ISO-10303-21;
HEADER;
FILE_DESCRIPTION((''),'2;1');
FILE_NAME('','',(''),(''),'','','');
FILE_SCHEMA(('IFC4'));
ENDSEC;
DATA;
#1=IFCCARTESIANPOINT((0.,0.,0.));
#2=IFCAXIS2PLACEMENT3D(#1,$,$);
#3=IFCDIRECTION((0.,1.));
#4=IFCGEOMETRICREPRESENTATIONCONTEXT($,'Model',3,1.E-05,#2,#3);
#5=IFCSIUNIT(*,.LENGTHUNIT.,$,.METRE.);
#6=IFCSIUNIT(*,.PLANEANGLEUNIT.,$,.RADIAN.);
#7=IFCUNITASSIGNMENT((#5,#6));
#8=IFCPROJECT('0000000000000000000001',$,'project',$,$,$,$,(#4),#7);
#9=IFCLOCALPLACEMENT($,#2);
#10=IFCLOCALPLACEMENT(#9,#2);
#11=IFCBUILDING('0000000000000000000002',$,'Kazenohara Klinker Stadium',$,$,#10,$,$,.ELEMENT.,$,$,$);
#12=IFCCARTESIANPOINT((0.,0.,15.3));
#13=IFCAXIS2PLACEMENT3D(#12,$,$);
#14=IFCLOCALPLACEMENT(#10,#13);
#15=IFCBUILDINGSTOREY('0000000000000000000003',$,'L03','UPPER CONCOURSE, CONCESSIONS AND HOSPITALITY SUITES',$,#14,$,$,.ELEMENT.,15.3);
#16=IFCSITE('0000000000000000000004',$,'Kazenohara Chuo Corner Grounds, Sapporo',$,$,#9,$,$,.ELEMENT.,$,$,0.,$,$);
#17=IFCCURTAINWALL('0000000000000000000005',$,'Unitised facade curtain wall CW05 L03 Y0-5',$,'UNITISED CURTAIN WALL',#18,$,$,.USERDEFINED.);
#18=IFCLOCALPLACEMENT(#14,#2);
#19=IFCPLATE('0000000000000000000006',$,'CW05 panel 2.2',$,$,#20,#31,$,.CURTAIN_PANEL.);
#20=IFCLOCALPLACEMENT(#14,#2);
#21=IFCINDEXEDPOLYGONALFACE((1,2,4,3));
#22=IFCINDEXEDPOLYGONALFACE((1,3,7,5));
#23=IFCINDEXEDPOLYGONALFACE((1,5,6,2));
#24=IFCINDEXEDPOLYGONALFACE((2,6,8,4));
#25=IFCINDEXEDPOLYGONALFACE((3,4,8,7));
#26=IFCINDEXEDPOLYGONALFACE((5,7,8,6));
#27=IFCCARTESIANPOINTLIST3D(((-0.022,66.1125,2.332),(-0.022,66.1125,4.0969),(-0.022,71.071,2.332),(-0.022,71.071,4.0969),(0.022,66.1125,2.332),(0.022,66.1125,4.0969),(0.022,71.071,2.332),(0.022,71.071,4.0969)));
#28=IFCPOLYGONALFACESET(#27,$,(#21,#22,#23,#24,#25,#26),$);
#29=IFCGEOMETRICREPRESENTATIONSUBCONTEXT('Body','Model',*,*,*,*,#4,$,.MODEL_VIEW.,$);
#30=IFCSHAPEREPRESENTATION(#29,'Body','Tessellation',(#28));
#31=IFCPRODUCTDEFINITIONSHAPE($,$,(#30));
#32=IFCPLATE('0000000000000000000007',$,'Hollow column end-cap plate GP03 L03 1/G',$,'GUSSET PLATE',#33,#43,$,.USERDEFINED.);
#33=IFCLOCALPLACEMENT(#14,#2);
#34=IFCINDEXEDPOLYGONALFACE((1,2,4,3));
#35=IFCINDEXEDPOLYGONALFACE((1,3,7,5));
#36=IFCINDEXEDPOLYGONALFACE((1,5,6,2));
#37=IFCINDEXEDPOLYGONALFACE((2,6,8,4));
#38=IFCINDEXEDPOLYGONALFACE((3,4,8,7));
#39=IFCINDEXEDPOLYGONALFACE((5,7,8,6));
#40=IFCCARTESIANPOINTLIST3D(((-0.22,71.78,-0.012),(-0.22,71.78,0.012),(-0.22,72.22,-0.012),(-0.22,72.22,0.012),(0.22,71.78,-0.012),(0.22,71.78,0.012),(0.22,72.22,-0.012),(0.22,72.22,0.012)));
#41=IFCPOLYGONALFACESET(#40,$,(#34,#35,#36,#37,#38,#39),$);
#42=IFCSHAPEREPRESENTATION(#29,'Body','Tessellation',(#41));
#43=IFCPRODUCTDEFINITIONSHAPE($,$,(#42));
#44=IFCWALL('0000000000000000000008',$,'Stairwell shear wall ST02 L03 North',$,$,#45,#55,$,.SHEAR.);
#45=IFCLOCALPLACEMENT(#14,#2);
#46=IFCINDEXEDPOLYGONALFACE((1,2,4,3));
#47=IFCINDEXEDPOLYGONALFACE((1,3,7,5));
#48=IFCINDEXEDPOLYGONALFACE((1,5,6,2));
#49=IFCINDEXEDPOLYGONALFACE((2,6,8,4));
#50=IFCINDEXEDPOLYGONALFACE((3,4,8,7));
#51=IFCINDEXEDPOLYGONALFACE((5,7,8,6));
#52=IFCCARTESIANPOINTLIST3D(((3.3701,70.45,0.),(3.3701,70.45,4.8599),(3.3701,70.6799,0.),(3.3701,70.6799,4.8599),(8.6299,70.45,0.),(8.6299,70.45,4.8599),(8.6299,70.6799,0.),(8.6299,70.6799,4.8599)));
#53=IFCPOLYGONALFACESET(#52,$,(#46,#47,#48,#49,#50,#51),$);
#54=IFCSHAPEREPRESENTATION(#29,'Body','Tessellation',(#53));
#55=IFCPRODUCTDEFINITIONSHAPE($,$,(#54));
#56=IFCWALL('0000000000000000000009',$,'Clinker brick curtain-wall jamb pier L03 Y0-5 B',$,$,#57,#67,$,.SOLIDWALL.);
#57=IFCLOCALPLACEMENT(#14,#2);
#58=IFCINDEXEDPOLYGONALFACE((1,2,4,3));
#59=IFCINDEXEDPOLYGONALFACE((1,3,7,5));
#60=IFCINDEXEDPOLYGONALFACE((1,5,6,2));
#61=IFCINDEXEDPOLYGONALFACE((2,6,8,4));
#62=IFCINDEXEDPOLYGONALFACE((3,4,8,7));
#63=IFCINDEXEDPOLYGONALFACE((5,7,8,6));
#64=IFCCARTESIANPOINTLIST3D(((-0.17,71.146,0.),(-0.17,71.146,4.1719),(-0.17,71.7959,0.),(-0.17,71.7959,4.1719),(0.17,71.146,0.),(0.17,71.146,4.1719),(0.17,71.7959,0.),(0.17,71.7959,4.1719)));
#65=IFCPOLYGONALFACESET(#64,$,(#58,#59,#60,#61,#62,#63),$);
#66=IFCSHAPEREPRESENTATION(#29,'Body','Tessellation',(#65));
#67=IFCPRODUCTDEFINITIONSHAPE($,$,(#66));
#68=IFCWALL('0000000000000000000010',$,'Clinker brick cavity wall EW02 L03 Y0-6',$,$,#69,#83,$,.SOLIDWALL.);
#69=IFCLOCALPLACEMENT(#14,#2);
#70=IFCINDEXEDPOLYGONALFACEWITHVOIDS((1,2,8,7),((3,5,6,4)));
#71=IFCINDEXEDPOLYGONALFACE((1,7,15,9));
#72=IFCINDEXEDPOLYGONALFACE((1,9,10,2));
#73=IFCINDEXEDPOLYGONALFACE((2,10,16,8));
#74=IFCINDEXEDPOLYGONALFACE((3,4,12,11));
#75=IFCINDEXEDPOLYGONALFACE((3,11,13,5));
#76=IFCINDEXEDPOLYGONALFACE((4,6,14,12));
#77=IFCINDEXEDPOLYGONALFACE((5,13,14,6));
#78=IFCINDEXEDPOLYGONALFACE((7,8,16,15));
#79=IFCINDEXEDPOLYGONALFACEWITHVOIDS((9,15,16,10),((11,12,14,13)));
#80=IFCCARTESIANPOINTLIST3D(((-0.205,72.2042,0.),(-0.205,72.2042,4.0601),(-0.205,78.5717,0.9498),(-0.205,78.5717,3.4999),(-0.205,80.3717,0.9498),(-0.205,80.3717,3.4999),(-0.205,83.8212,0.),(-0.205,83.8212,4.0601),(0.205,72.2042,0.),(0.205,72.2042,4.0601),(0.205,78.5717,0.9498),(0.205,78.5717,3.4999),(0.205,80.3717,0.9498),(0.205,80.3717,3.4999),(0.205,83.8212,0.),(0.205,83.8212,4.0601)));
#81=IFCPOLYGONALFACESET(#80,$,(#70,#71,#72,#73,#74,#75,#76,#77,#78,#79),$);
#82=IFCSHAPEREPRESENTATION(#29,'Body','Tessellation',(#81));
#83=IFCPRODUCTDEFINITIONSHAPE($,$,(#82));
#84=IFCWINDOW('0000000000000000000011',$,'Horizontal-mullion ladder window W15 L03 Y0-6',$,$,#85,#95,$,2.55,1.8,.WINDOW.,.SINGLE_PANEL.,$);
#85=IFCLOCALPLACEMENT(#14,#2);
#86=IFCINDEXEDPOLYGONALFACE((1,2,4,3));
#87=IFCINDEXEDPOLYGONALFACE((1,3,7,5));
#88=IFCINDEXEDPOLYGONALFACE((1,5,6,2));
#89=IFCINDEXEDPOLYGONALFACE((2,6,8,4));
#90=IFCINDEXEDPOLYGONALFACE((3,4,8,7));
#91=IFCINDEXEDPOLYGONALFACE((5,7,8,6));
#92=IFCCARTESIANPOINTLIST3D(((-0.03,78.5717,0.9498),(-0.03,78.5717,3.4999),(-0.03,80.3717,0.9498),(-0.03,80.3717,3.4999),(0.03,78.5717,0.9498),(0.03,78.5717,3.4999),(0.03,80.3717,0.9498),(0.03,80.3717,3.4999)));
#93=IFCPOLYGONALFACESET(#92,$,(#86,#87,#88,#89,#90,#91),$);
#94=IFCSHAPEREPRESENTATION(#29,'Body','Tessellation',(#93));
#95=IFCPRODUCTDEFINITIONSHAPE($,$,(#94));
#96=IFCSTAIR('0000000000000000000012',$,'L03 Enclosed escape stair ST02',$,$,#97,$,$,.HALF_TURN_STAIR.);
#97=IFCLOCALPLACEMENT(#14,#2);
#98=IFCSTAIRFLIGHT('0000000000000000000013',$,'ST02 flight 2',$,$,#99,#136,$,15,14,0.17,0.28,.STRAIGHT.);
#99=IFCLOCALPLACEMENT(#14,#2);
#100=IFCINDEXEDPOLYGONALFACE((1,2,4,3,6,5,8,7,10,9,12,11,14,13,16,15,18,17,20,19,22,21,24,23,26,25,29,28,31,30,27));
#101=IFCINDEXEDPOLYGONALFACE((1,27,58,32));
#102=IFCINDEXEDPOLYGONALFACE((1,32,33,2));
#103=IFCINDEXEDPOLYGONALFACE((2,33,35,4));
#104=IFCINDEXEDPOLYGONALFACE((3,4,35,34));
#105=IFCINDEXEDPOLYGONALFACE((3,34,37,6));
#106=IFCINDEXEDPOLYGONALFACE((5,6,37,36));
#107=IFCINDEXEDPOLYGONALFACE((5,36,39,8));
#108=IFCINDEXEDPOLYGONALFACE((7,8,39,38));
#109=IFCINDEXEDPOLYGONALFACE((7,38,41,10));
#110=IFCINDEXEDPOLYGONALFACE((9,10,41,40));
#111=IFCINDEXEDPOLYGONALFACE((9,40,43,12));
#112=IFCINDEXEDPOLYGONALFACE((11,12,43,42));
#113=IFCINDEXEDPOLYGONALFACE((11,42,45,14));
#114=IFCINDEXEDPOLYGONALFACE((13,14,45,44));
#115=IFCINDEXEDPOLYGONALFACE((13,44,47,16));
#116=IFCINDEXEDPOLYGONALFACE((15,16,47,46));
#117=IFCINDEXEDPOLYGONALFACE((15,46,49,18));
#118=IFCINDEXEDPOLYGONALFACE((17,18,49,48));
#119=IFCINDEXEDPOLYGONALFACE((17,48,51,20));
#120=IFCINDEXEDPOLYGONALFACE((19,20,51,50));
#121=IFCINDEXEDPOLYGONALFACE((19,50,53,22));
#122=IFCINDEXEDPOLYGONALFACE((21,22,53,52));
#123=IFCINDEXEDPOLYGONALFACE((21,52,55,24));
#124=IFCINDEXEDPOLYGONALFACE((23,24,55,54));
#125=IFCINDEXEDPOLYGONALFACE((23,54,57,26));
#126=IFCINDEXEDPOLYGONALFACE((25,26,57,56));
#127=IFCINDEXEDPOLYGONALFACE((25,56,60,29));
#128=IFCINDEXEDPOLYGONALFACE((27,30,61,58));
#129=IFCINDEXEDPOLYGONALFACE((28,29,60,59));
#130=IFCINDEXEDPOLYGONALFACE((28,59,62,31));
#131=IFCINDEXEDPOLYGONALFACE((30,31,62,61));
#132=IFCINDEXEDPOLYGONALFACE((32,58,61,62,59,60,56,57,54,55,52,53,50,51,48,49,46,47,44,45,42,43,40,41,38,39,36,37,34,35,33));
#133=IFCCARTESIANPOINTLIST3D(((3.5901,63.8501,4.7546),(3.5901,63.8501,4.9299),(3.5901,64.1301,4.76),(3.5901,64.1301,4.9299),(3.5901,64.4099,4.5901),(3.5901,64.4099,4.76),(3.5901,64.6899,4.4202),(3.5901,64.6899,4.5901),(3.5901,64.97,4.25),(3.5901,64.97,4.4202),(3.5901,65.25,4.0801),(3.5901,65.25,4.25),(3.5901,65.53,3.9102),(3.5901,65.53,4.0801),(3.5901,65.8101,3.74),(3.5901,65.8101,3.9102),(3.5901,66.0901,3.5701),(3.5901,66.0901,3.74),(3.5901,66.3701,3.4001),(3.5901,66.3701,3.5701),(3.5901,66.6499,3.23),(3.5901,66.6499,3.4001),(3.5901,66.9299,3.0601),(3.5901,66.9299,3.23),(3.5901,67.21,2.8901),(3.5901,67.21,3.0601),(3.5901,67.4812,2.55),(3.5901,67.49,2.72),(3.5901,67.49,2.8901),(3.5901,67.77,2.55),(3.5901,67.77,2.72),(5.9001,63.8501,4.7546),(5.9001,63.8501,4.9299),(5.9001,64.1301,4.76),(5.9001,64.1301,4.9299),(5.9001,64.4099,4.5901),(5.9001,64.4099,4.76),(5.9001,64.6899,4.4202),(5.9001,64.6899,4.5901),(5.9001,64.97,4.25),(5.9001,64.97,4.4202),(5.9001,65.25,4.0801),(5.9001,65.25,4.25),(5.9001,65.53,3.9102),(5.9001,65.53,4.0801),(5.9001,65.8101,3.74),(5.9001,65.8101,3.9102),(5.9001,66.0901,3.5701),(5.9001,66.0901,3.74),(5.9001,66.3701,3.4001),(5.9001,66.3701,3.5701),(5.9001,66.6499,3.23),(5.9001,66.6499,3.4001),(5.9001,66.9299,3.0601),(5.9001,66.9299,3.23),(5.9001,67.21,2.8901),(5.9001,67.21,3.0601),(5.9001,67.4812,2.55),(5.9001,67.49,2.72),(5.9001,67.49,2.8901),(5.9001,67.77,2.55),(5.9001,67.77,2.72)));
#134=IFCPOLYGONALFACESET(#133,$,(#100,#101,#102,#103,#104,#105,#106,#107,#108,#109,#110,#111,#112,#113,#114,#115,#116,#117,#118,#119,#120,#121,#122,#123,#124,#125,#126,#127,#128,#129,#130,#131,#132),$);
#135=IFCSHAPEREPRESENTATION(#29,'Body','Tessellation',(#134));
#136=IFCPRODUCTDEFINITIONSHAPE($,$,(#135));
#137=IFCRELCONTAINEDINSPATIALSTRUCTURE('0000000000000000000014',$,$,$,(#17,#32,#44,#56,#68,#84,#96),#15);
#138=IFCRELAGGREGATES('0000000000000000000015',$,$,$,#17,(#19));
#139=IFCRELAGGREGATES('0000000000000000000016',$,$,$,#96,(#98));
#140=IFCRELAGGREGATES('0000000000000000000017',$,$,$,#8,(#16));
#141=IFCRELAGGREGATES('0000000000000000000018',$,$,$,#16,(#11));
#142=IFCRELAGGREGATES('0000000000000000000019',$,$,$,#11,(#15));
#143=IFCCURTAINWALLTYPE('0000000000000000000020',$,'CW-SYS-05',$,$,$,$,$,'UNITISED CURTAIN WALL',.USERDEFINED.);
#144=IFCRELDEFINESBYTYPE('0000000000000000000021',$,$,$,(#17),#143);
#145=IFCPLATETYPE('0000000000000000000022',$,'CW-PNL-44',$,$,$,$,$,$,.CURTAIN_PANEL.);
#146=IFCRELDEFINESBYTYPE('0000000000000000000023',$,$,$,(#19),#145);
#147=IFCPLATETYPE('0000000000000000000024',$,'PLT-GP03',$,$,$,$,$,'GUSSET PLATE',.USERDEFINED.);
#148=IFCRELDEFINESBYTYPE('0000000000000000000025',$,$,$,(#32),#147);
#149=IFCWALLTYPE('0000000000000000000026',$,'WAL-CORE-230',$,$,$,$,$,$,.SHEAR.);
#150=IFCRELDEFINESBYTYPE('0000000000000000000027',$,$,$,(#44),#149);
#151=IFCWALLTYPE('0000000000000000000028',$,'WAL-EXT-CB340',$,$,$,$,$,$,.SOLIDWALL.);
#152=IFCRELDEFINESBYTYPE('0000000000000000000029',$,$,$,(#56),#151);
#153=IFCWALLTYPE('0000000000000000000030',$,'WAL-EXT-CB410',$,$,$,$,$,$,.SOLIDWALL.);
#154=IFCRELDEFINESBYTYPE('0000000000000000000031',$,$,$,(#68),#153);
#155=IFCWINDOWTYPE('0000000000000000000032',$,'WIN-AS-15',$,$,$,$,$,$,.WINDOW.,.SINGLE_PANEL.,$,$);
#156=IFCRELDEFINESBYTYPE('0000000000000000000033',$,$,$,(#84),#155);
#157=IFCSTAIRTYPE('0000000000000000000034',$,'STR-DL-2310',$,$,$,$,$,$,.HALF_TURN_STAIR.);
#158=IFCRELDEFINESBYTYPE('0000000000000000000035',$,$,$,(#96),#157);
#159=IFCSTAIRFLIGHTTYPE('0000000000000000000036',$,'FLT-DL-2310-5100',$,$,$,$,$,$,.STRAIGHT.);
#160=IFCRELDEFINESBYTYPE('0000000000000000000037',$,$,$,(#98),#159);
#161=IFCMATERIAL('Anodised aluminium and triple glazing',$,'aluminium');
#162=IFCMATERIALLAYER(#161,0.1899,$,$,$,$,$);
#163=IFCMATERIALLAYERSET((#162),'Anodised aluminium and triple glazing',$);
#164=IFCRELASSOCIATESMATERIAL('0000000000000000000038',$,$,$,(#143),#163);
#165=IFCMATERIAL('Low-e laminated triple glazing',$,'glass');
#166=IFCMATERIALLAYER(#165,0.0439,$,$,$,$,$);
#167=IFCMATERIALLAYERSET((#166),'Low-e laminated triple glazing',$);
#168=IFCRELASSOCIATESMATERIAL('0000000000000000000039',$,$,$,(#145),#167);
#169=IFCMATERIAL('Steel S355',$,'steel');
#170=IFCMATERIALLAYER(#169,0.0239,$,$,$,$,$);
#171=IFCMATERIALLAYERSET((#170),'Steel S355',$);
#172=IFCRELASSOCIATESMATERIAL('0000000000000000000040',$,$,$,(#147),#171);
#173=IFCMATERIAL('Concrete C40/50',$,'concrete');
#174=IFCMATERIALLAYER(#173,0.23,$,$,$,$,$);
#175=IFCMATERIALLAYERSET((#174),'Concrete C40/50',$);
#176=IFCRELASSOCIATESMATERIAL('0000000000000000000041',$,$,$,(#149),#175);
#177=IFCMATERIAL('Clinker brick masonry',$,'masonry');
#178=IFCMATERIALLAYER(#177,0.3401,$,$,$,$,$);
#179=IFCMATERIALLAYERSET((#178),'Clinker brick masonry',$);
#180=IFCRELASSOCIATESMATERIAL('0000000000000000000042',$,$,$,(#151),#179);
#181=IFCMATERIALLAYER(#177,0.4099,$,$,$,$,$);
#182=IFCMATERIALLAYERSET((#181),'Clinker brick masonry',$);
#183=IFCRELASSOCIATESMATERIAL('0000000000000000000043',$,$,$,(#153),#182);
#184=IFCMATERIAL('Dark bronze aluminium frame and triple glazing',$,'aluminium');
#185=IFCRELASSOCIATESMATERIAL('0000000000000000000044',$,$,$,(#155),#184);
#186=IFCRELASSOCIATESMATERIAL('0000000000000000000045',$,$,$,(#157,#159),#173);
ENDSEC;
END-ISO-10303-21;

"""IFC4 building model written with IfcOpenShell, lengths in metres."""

from ifc_helpers import new_model, si_unit, direction, frame, frame_2d, origin, origin_2d, place, context, subcontext, project, spatial, polyline, rectangle, outline, extrude, material, layer, layer_set, type_object, element, fill, aggregate, save


model = new_model("IFC4")

# Units and contexts
model_context = context("Model", 3, precision=1e-05, world=origin(), true_north=direction((0.0, 1.0)))
body_context = subcontext(model_context, "Body", "Model", "MODEL_VIEW")
ifc_project = project(units=[si_unit("LENGTHUNIT", "METRE"), si_unit("PLANEANGLEUNIT", "RADIAN")], contexts=[model_context])

# Site, building, storey
site_placement = place(None, origin())
site = spatial("IfcSite", under=ifc_project, at=site_placement, Name="Kazenohara Chuo Corner Grounds, Sapporo", CompositionType="ELEMENT", RefElevation=0.0)
building_placement = place(site_placement, origin())
building = spatial("IfcBuilding", under=site, at=building_placement, Name="Kazenohara Klinker Stadium", CompositionType="ELEMENT")
storey_placement = place(building_placement, frame((0.0, 0.0, 15.3)))
storey = spatial("IfcBuildingStorey", under=building, at=storey_placement, Name="L03", Description="UPPER CONCOURSE, CONCESSIONS AND HOSPITALITY SUITES", CompositionType="ELEMENT", Elevation=15.3)

# Shared definitions
ifc_material_1 = material(Name="Steel S355", Category="steel")

# Shared definitions
ifc_material_2 = material(Name="Concrete C40/50", Category="concrete")

# Curtain wall, plate
ifc_material_3 = material(Name="Anodised aluminium and triple glazing", Category="aluminium")
ifc_layer_1 = layer(ifc_material_3, 0.1899)
ifc_layer_set_1 = layer_set([ifc_layer_1], Name="Anodised aluminium and triple glazing")
curtain_wall_type = type_object("IfcCurtainWallType", Name="CW-SYS-05", ElementType="UNITISED CURTAIN WALL", PredefinedType="USERDEFINED", material=ifc_layer_set_1)
curtain_wall_placement = place(storey_placement, origin())
curtain_wall = element("IfcCurtainWall", 1, at=curtain_wall_placement, inside=storey, type_object=curtain_wall_type, Name="Unitised facade curtain wall CW05 L03 Y0-5", ObjectType="UNITISED CURTAIN WALL", PredefinedType="USERDEFINED")
ifc_material_4 = material(Name="Low-e laminated triple glazing", Category="glass")
ifc_layer_2 = layer(ifc_material_4, 0.0439)
ifc_layer_set_2 = layer_set([ifc_layer_2], Name="Low-e laminated triple glazing")
plate_type_1 = type_object("IfcPlateType", Name="CW-PNL-44", PredefinedType="CURTAIN_PANEL", material=ifc_layer_set_2)
plate_1_placement = place(storey_placement, frame((0.0, 68.5918, 2.332), z_axis=(0.0, 0.0, 1.0), x_axis=(0.0, 1.0, 0.0)))
plate_1 = element("IfcPlate", 2, at=plate_1_placement, type_object=plate_type_1, Name="CW05 panel 2.2", PredefinedType="CURTAIN_PANEL", context=body_context, shape_type="SweptSolid", body=[
    extrude(rectangle(XDim=4.9585, YDim=0.0439, at=origin_2d()), origin(), (0.0, 0.0, 1.0), 1.7649),
])
aggregate(curtain_wall, [plate_1])

# Plate
ifc_layer_3 = layer(ifc_material_1, 0.0239)
ifc_layer_set_3 = layer_set([ifc_layer_3], Name="Steel S355")
plate_type_2 = type_object("IfcPlateType", Name="PLT-GP03", ElementType="GUSSET PLATE", PredefinedType="USERDEFINED", material=ifc_layer_set_3)
plate_2_placement = place(storey_placement, frame((0.0, 72.0, -0.012), z_axis=(0.0, 0.0, 1.0), x_axis=(1.0, 0.0, 0.0)))
element("IfcPlate", 3, at=plate_2_placement, inside=storey, type_object=plate_type_2, Name="Hollow column end-cap plate GP03 L03 1/G", ObjectType="GUSSET PLATE", PredefinedType="USERDEFINED", context=body_context, shape_type="SweptSolid", body=[
    extrude(rectangle(XDim=0.4399, YDim=0.4399, at=origin_2d()), origin(), (0.0, 0.0, 1.0), 0.0239),
])

# Walls
ifc_layer_4 = layer(ifc_material_2, 0.23)
ifc_layer_set_4 = layer_set([ifc_layer_4], Name="Concrete C40/50")
wall_type_1 = type_object("IfcWallType", Name="WAL-CORE-230", PredefinedType="SHEAR", material=ifc_layer_set_4)
wall_1_placement = place(storey_placement, frame((3.3701, 70.5649, 0.0), z_axis=(0.0, 0.0, 1.0), x_axis=(1.0, 0.0, 0.0)))
element("IfcWall", 4, at=wall_1_placement, inside=storey, type_object=wall_type_1, Name="Stairwell shear wall ST02 L03 North", PredefinedType="SHEAR", context=body_context, shape_type="SweptSolid", body=[
    extrude(rectangle(XDim=5.2598, YDim=0.23, at=frame_2d((2.6299, 0.0))), origin(), (0.0, 0.0, 1.0), 4.8599),
])
ifc_material_5 = material(Name="Clinker brick masonry", Category="masonry")
ifc_layer_5 = layer(ifc_material_5, 0.3401)
ifc_layer_set_5 = layer_set([ifc_layer_5], Name="Clinker brick masonry")
wall_type_2 = type_object("IfcWallType", Name="WAL-EXT-CB340", PredefinedType="SOLIDWALL", material=ifc_layer_set_5)
wall_2_placement = place(storey_placement, frame((0.0, 71.146, 0.0), z_axis=(0.0, 0.0, 1.0), x_axis=(0.0, 1.0, 0.0)))
element("IfcWall", 5, at=wall_2_placement, inside=storey, type_object=wall_type_2, Name="Clinker brick curtain-wall jamb pier L03 Y0-5 B", PredefinedType="SOLIDWALL", context=body_context, shape_type="SweptSolid", body=[
    extrude(rectangle(XDim=0.6499, YDim=0.3401, at=frame_2d((0.325, 0.0))), origin(), (0.0, 0.0, 1.0), 4.1719),
])

# Wall, opening, window
ifc_layer_6 = layer(ifc_material_5, 0.4099)
ifc_layer_set_6 = layer_set([ifc_layer_6], Name="Clinker brick masonry")
wall_type_3 = type_object("IfcWallType", Name="WAL-EXT-CB410", PredefinedType="SOLIDWALL", material=ifc_layer_set_6)
wall_3_placement = place(storey_placement, frame((0.0, 72.2041, 0.0), z_axis=(0.0, 0.0, 1.0), x_axis=(0.0, 1.0, 0.0)))
wall_3 = element("IfcWall", 6, at=wall_3_placement, inside=storey, type_object=wall_type_3, Name="Clinker brick cavity wall EW02 L03 Y0-6", PredefinedType="SOLIDWALL", context=body_context, shape_type="SweptSolid", body=[
    extrude(rectangle(XDim=11.6169, YDim=0.4099, at=frame_2d((5.8086, 0.0))), origin(), (0.0, 0.0, 1.0), 4.0601),
])
opening_placement = place(wall_3_placement, frame((6.3677, 0.0, 0.95)))
opening = element("IfcOpeningElement", 7, at=opening_placement, cuts=wall_3, PredefinedType="OPENING", context=body_context, shape_type="SweptSolid", body=[
    extrude(rectangle(XDim=1.8, YDim=2.55, at=frame_2d((0.8999, 1.2749))), frame((0.0, 0.2148, 0.0), z_axis=(0.0, -1.0, 0.0), x_axis=(1.0, 0.0, 0.0)), (0.0, 0.0, 1.0), 0.4299),
])
ifc_material_6 = material(Name="Dark bronze aluminium frame and triple glazing", Category="aluminium")
window_type = type_object("IfcWindowType", Name="WIN-AS-15", PartitioningType="SINGLE_PANEL", PredefinedType="WINDOW", material=ifc_material_6)
window_placement = place(opening_placement, origin())
window = element("IfcWindow", 8, at=window_placement, inside=storey, type_object=window_type, Name="Horizontal-mullion ladder window W15 L03 Y0-6", OverallHeight=2.55, OverallWidth=1.8, PartitioningType="SINGLE_PANEL", PredefinedType="WINDOW", context=body_context, shape_type="SweptSolid", body=[
    extrude(rectangle(XDim=1.8, YDim=2.55, at=frame_2d((0.8999, 1.2749))), frame((0.0, 0.03, 0.0), z_axis=(0.0, -1.0, 0.0), x_axis=(1.0, 0.0, 0.0)), (0.0, 0.0, 1.0), 0.0601),
])
fill(opening, window)

# Stair, stair flight
stair_type = type_object("IfcStairType", Name="STR-DL-2310", PredefinedType="HALF_TURN_STAIR", material=ifc_material_2)
stair_placement = place(storey_placement, origin())
stair = element("IfcStair", 9, at=stair_placement, inside=storey, type_object=stair_type, Name="L03 Enclosed escape stair ST02", PredefinedType="HALF_TURN_STAIR")
stair_flight_type = type_object("IfcStairFlightType", Name="FLT-DL-2310-5100", PredefinedType="STRAIGHT", material=ifc_material_2)
stair_flight_placement = place(storey_placement, frame((4.7451, 67.77, 2.55), z_axis=(0.0, 0.0, 1.0), x_axis=(0.0, -1.0, 0.0)))
stair_flight = element("IfcStairFlight", 10, at=stair_flight_placement, type_object=stair_flight_type, Name="ST02 flight 2", NumberOfRisers=15, NumberOfTreads=14, PredefinedType="STRAIGHT", RiserHeight=0.17, TreadLength=0.28, context=body_context, shape_type="SweptSolid", body=[
    extrude(outline(polyline([(0.0, 0.0), (0.0, 0.1699), (0.28, 0.1699), (0.28, 0.3401), (0.5601, 0.3401), (0.5601, 0.51), (0.8401, 0.51), (0.8401, 0.6799), (1.1201, 0.6799), (1.1201, 0.8501), (1.3999, 0.8501), (1.3999, 1.02), (1.6799, 1.02), (1.6799, 1.1899), (1.96, 1.1899), (1.96, 1.3601), (2.24, 1.3601), (2.24, 1.53), (2.52, 1.53), (2.52, 1.7), (2.8, 1.7), (2.8, 1.8701), (3.0801, 1.8701), (3.0801, 2.04), (3.3601, 2.04), (3.3601, 2.21), (3.6399, 2.21), (3.6399, 2.3799), (3.9199, 2.3799), (3.9199, 2.55), (3.9199, 2.2046), (0.2888, 0.0), (0.0, 0.0)])), frame((0.0, 1.155, 0.0), z_axis=(0.0, -1.0, 0.0), x_axis=(1.0, 0.0, 0.0)), (0.0, 0.0, 1.0), 2.3101),
])
aggregate(stair, [stair_flight])

save(model, "model.ifc")
